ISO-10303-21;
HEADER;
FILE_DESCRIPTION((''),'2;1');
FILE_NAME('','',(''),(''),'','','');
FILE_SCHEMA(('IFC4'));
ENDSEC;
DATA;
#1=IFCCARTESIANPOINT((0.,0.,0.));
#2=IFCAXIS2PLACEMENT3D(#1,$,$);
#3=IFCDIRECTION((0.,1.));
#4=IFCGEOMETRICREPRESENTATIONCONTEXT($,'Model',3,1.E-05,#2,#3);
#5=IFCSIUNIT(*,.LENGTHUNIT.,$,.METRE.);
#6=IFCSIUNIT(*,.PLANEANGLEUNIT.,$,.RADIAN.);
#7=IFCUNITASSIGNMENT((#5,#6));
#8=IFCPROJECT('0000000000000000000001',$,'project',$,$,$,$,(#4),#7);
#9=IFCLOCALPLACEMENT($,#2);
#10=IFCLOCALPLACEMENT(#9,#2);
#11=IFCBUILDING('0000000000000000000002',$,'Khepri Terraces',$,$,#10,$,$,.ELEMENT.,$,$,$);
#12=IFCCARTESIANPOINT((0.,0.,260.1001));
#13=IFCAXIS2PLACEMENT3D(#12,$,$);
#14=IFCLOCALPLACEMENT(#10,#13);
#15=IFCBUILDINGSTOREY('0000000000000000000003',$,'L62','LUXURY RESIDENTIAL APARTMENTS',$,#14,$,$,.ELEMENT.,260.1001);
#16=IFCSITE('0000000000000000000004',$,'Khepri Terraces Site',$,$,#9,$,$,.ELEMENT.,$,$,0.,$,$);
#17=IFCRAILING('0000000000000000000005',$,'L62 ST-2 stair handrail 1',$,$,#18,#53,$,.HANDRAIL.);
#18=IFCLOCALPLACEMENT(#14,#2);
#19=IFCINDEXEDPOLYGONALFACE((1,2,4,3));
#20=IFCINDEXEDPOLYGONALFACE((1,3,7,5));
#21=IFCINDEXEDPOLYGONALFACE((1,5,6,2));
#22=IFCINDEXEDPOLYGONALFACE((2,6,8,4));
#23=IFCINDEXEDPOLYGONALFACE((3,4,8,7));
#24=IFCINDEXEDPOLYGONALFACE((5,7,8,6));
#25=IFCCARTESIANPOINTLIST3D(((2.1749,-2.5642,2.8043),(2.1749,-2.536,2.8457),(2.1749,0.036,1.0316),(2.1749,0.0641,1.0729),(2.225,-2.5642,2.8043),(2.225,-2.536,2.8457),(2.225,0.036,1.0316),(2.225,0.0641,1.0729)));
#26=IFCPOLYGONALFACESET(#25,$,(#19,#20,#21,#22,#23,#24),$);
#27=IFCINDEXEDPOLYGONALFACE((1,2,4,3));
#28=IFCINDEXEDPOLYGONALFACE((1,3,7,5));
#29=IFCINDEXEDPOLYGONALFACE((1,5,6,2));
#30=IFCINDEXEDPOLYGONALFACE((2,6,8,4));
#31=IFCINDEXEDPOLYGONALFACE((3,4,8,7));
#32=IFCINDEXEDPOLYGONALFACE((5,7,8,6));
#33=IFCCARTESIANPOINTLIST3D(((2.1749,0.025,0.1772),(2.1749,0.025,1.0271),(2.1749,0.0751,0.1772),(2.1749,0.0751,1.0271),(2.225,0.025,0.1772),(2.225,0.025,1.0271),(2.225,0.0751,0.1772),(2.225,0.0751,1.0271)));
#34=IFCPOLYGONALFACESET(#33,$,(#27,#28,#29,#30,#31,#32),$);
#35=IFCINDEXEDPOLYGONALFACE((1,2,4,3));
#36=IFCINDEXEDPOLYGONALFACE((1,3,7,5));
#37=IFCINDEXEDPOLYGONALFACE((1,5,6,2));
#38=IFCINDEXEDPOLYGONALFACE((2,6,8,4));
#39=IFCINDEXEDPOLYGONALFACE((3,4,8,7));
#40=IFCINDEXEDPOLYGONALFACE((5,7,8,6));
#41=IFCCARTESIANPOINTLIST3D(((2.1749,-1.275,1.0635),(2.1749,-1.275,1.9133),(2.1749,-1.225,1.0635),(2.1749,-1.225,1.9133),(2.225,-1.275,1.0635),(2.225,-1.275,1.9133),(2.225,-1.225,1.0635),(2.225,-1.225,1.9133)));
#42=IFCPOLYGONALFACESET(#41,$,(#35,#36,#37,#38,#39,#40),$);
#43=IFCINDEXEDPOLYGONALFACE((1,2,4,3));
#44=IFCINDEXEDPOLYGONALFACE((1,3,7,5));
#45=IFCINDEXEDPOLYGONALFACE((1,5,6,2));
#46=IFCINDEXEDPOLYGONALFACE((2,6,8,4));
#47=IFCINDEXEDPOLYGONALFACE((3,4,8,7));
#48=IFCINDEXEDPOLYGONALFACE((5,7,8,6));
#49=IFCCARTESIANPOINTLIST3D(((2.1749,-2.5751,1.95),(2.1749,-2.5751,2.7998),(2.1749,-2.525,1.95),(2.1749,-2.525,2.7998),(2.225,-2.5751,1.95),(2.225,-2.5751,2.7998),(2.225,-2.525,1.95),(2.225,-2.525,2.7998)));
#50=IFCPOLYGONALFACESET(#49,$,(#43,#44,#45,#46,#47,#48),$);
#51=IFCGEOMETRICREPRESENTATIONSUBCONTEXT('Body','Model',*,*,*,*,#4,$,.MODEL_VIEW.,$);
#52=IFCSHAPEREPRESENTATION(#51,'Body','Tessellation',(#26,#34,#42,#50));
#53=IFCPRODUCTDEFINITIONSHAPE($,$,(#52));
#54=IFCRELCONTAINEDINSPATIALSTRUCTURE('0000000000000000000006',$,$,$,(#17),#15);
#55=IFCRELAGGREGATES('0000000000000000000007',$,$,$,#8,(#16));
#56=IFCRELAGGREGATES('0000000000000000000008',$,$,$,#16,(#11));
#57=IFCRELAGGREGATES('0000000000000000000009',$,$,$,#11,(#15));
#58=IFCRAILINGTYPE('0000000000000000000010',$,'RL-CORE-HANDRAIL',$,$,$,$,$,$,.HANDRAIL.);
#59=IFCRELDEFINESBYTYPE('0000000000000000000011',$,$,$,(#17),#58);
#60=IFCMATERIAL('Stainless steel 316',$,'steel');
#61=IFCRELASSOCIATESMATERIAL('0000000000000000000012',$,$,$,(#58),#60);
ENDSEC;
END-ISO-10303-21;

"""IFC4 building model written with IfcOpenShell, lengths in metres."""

from ifc_helpers import new_model, si_unit, direction, frame, origin, origin_2d, place, context, subcontext, project, spatial, rectangle, extrude, material, type_object, element, save


model = new_model("IFC4")

# Units and contexts
model_context = context("Model", 3, precision=1e-05, world=origin(), true_north=direction((0.0, 1.0)))
body_context = subcontext(model_context, "Body", "Model", "MODEL_VIEW")
ifc_project = project(units=[si_unit("LENGTHUNIT", "METRE"), si_unit("PLANEANGLEUNIT", "RADIAN")], contexts=[model_context])

# Site, building, storey
site_placement = place(None, origin())
site = spatial("IfcSite", under=ifc_project, at=site_placement, Name="Khepri Terraces Site", CompositionType="ELEMENT", RefElevation=0.0)
building_placement = place(site_placement, origin())
building = spatial("IfcBuilding", under=site, at=building_placement, Name="Khepri Terraces", CompositionType="ELEMENT")
storey_placement = place(building_placement, frame((0.0, 0.0, 260.1001)))
storey = spatial("IfcBuildingStorey", under=building, at=storey_placement, Name="L62", Description="LUXURY RESIDENTIAL APARTMENTS", CompositionType="ELEMENT", Elevation=260.1001)

# Railing
ifc_material_1 = material(Name="Stainless steel 316", Category="steel")
railing_type_1 = type_object("IfcRailingType", Name="RL-CORE-HANDRAIL", PredefinedType="HANDRAIL", material=ifc_material_1)
railing_1_placement = place(storey_placement, frame((2.2, 0.05, 0.1772)))
element("IfcRailing", 1, at=railing_1_placement, inside=storey, type_object=railing_type_1, Name="L62 ST-2 stair handrail 1", PredefinedType="HANDRAIL", context=body_context, shape_type="SweptSolid", body=[
    extrude(rectangle(XDim=0.05, YDim=0.05, at=origin_2d()), frame((0.0, 0.0, 0.875), z_axis=(0.0, -0.82624, 0.563318), x_axis=(1.0, 0.0, 0.0)), (0.0, 0.0, 1.0), 3.147),
    extrude(rectangle(XDim=0.05, YDim=0.05, at=origin_2d()), origin(), (0.0, 0.0, 1.0), 0.8499),
    extrude(rectangle(XDim=0.05, YDim=0.05, at=origin_2d()), frame((0.0, -1.3, 0.8862)), (0.0, 0.0, 1.0), 0.8499),
    extrude(rectangle(XDim=0.05, YDim=0.05, at=origin_2d()), frame((0.0, -2.6001, 1.7727)), (0.0, 0.0, 1.0), 0.8499),
])

save(model, "model.ifc")
